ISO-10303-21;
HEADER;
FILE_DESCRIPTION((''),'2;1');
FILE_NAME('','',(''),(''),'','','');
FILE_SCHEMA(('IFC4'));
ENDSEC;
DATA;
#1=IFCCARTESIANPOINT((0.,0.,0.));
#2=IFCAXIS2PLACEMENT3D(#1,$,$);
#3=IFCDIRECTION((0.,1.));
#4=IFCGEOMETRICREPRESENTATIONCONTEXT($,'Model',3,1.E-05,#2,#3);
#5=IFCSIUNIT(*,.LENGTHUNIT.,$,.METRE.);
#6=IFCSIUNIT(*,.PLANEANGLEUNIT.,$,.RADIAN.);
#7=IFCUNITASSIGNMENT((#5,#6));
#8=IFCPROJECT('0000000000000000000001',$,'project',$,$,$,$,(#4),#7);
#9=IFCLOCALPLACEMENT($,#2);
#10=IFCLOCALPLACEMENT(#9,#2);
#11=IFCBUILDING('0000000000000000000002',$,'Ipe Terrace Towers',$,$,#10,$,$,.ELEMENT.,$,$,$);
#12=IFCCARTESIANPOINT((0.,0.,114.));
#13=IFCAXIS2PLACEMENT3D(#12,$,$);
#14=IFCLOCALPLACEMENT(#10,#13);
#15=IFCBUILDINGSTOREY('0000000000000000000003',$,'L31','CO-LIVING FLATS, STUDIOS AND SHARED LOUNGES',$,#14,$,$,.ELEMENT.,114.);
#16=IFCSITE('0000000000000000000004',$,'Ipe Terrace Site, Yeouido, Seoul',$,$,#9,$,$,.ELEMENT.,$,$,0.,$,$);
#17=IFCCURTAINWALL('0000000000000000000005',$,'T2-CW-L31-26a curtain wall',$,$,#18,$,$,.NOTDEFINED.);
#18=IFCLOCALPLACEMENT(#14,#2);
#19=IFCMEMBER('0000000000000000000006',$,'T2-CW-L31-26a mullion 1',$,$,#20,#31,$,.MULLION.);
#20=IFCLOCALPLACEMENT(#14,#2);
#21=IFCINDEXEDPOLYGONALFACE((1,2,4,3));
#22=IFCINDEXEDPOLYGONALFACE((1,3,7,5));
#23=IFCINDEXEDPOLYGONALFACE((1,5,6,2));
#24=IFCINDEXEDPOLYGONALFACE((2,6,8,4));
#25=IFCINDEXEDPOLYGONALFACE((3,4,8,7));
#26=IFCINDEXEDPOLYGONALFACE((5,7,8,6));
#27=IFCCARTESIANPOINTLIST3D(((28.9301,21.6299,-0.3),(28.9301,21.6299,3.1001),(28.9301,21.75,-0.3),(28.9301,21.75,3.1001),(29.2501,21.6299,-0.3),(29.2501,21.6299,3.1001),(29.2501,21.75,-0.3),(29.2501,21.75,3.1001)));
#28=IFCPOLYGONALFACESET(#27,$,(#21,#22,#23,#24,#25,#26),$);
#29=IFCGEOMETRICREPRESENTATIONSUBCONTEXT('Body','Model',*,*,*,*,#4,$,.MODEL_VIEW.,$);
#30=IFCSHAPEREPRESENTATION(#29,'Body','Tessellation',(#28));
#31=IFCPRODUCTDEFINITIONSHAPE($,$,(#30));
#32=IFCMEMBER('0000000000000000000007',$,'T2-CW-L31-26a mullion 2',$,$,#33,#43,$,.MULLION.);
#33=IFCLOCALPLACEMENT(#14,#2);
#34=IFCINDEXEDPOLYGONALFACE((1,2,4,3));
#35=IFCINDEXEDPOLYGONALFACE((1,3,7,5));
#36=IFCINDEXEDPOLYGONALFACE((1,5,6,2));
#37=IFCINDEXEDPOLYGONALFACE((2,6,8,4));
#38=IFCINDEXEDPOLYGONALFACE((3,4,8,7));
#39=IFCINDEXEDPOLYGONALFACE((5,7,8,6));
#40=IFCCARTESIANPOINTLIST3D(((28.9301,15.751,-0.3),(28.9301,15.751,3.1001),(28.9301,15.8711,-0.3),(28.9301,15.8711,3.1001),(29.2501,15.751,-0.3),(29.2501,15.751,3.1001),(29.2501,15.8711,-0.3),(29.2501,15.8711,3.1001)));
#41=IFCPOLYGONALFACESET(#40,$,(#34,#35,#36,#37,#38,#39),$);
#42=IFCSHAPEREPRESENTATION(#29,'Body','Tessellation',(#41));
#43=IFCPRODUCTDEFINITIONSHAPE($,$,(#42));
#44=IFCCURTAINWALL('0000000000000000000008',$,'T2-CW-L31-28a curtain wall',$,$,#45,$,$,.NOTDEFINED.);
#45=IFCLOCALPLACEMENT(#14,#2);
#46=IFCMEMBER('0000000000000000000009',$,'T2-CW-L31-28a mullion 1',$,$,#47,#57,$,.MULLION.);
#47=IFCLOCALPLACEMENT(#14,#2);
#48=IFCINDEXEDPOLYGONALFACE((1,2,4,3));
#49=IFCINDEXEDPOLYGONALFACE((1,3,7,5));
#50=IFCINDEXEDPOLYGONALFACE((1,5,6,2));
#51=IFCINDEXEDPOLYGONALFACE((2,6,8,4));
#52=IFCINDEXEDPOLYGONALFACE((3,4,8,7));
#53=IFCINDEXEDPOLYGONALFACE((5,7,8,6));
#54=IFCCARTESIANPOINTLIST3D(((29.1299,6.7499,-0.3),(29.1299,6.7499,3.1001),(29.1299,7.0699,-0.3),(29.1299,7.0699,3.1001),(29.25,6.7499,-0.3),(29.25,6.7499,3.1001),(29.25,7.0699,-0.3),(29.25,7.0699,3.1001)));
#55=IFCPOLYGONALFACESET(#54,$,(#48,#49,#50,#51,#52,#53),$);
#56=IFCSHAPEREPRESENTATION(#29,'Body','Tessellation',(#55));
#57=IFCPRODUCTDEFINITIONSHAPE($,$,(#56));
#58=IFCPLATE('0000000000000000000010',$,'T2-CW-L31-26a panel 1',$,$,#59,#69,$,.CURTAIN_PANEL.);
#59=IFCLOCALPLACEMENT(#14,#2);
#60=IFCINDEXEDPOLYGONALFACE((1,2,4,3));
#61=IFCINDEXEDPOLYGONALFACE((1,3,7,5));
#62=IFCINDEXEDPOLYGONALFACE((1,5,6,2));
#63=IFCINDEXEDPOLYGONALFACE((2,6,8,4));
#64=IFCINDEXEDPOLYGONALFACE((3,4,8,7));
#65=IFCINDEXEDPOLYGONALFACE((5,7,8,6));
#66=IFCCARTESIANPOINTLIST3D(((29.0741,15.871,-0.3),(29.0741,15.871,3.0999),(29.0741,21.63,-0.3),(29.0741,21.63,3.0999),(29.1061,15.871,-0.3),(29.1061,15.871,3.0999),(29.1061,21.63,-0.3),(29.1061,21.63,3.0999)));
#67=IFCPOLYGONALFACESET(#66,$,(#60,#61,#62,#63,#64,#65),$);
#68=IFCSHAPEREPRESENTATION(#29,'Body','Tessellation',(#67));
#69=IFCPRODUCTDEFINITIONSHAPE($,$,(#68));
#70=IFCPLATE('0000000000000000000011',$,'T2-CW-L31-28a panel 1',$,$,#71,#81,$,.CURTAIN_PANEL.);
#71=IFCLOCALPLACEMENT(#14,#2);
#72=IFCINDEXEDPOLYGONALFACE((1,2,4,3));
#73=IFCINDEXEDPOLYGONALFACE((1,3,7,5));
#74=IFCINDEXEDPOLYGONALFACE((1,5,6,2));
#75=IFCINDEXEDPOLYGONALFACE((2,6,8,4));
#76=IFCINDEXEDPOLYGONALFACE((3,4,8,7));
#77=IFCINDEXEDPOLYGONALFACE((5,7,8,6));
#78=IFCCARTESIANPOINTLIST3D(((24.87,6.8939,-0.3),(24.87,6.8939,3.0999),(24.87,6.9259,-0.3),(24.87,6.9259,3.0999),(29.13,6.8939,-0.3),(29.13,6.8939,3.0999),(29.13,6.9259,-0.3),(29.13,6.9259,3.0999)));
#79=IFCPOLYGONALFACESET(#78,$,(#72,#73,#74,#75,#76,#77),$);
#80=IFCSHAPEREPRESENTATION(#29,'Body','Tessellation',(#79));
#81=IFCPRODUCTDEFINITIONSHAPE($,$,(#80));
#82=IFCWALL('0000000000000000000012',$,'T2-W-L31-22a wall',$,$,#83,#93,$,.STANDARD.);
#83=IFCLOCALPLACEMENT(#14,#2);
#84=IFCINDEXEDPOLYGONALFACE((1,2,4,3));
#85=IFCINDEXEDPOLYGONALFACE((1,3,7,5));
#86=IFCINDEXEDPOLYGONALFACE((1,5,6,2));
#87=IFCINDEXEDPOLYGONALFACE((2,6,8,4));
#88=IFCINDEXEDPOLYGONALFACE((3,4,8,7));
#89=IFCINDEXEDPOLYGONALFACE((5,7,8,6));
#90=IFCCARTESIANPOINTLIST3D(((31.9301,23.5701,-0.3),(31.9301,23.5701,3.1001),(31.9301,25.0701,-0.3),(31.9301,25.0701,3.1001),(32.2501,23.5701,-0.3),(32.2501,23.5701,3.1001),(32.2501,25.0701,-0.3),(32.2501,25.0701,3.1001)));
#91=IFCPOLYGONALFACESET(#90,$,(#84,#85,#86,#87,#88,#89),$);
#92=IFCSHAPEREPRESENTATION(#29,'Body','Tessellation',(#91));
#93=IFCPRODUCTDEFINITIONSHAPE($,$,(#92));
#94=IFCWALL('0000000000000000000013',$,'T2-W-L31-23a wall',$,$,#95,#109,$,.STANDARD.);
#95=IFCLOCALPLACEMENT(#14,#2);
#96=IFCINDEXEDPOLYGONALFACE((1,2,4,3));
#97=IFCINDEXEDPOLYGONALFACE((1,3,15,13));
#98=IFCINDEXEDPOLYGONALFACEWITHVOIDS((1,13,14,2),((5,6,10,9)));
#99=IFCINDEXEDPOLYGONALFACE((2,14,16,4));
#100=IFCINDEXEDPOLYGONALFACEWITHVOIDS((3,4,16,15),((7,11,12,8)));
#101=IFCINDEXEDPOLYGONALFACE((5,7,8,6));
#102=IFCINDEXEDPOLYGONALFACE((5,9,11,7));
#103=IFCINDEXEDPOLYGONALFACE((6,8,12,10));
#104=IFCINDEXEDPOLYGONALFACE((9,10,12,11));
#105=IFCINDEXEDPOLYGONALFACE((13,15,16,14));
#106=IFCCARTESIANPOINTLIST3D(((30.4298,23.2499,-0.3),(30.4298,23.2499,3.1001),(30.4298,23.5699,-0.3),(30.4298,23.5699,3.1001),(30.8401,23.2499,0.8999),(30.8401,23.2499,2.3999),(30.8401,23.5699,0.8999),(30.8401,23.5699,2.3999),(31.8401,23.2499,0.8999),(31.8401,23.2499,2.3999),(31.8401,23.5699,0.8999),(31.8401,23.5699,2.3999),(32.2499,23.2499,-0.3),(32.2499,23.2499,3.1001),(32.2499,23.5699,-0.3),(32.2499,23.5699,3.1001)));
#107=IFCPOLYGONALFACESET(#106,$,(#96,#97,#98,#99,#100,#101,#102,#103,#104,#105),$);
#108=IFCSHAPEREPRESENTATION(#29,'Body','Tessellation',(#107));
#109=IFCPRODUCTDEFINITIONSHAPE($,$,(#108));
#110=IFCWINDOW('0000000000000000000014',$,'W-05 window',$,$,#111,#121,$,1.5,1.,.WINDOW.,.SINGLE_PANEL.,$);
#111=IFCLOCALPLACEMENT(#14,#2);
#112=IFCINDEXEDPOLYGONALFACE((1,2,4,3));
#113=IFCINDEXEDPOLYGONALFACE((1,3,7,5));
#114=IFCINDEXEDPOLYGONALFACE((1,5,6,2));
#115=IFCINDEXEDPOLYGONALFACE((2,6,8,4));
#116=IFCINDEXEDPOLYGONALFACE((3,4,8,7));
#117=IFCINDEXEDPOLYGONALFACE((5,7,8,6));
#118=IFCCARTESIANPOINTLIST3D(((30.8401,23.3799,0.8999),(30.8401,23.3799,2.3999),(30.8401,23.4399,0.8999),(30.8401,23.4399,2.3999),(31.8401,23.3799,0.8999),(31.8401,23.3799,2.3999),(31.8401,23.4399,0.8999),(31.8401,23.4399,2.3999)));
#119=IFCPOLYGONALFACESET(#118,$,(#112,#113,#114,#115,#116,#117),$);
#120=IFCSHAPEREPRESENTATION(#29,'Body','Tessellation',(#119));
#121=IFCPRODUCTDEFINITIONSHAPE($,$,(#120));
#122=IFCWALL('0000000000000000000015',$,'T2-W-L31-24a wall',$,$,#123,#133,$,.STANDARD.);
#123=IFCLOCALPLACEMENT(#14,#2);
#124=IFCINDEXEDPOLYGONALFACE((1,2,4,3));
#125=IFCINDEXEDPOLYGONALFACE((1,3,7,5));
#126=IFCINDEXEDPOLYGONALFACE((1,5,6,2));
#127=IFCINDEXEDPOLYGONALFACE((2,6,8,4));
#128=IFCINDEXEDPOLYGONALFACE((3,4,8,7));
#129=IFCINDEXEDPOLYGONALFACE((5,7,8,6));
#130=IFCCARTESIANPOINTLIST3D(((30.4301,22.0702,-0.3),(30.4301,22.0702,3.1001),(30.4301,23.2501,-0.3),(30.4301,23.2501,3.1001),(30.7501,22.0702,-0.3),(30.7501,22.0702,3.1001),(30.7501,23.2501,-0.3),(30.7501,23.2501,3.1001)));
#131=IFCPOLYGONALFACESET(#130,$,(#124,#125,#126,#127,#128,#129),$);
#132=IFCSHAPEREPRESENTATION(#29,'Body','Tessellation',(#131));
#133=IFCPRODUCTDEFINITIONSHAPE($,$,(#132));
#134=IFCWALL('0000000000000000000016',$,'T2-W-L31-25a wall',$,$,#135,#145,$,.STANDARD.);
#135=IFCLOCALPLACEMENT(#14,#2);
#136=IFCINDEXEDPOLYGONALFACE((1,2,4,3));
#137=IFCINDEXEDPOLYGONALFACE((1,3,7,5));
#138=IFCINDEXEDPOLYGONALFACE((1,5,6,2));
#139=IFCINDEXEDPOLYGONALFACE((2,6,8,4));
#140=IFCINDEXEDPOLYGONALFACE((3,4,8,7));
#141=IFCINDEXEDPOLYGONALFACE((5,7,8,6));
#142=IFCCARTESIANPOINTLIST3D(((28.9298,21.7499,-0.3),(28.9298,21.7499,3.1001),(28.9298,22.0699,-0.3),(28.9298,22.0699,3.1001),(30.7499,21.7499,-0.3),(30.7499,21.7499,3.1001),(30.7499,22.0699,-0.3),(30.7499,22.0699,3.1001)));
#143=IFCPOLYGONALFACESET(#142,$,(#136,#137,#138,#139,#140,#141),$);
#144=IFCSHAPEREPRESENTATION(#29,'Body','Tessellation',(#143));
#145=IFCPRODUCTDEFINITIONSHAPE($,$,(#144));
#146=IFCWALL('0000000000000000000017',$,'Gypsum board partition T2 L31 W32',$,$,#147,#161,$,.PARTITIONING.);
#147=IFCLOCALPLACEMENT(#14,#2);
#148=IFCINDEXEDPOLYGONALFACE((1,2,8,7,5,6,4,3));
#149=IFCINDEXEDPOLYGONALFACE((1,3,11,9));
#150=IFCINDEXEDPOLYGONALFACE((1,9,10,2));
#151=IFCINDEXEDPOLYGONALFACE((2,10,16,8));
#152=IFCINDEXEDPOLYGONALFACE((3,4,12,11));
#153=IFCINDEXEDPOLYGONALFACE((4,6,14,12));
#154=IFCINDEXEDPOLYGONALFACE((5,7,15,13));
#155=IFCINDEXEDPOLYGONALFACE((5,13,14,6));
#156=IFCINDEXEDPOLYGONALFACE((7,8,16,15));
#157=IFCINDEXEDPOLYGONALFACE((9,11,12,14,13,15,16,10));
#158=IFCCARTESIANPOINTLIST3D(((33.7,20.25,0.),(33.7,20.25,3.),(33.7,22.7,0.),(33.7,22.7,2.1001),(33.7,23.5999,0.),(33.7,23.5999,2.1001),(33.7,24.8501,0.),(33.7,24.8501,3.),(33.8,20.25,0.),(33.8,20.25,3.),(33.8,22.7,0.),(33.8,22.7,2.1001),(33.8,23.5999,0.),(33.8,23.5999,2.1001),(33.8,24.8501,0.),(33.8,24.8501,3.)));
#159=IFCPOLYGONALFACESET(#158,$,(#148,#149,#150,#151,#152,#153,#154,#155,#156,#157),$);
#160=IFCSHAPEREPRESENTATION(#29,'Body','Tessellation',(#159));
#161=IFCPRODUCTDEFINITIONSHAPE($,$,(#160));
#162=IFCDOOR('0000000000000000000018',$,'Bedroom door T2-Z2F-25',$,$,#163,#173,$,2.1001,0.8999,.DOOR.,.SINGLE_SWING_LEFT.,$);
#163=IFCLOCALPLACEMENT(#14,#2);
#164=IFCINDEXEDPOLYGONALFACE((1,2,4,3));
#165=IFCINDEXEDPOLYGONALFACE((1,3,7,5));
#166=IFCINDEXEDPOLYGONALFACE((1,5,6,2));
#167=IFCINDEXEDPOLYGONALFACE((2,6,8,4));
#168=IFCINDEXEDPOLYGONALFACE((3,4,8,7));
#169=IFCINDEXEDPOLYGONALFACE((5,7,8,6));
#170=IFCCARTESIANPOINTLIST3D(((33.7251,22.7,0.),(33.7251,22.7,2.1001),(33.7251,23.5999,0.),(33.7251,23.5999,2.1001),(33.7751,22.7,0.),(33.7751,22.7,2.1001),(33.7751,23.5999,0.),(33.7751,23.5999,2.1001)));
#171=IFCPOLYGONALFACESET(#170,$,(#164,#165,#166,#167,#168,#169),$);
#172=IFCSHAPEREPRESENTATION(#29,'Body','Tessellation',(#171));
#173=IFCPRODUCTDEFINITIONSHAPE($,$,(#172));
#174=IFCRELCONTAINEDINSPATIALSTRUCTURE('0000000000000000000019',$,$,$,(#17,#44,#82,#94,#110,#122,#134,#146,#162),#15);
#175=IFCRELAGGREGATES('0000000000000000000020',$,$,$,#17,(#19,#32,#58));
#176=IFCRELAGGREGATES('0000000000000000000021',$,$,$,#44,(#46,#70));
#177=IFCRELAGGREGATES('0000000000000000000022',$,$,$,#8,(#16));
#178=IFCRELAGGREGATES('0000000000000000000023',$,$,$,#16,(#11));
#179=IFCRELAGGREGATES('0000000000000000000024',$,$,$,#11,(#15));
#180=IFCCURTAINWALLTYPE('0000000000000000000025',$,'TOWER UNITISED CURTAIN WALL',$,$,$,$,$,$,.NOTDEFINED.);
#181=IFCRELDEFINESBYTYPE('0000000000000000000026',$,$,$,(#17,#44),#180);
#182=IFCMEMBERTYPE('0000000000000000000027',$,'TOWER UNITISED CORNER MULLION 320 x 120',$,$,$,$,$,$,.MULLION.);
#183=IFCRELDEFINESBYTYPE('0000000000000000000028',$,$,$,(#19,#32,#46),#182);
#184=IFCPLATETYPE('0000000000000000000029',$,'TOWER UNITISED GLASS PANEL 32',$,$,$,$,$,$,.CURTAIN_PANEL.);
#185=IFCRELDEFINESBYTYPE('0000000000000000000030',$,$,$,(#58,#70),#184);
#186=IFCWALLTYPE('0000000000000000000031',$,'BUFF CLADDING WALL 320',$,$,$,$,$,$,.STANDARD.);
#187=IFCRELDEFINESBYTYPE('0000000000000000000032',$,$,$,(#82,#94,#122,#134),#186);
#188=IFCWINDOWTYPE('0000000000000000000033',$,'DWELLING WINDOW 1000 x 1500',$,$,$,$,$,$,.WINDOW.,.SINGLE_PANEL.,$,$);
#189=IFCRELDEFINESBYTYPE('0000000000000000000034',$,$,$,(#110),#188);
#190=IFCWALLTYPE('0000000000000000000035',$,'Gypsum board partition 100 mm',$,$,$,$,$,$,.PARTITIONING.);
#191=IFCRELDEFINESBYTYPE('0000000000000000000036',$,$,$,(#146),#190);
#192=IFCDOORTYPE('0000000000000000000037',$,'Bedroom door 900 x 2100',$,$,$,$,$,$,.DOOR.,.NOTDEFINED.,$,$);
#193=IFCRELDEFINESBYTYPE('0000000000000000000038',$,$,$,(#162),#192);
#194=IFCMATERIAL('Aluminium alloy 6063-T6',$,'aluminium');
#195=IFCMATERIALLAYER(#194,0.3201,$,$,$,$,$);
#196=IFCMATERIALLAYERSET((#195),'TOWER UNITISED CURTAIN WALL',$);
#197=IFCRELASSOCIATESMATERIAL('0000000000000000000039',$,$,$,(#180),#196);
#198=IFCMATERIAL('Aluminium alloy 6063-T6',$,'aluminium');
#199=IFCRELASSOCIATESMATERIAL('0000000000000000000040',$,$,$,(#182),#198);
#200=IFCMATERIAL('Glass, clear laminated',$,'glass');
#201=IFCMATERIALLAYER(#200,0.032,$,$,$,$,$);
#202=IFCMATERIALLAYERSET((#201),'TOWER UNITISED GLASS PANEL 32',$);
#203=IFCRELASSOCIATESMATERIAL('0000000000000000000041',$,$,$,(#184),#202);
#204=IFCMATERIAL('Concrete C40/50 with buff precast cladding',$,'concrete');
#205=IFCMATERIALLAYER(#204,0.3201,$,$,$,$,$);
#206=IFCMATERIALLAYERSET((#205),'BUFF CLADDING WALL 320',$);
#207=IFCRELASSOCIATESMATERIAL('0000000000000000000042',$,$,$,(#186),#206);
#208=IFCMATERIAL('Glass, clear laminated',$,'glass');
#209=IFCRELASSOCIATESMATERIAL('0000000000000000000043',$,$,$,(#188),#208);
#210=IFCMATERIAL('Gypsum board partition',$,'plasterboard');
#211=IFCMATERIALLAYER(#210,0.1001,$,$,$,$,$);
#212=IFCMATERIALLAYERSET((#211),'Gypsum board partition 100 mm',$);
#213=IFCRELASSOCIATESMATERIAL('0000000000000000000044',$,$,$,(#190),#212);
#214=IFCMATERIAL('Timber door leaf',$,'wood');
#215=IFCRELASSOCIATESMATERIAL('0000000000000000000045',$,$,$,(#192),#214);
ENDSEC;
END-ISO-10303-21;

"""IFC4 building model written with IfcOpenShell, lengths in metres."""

from ifc_helpers import new_model, si_unit, direction, frame, frame_2d, origin, origin_2d, place, context, subcontext, project, spatial, rectangle, extrude, material, layer, layer_set, material_profile, profile_set, type_object, element, fill, aggregate, save


model = new_model("IFC4")

# Units and contexts
model_context = context("Model", 3, precision=1e-05, world=origin(), true_north=direction((0.0, 1.0)))
body_context = subcontext(model_context, "Body", "Model", "MODEL_VIEW")
ifc_project = project(units=[si_unit("LENGTHUNIT", "METRE"), si_unit("PLANEANGLEUNIT", "RADIAN")], contexts=[model_context])

# Site, building, storey
site_placement = place(None, origin())
site = spatial("IfcSite", under=ifc_project, at=site_placement, Name="Ipe Terrace Site, Yeouido, Seoul", CompositionType="ELEMENT", RefElevation=0.0)
building_placement = place(site_placement, origin())
building = spatial("IfcBuilding", under=site, at=building_placement, Name="Ipe Terrace Towers", CompositionType="ELEMENT")
storey_placement = place(building_placement, frame((0.0, 0.0, 114.0)))
storey = spatial("IfcBuildingStorey", under=building, at=storey_placement, Name="L31", Description="CO-LIVING FLATS, STUDIOS AND SHARED LOUNGES", CompositionType="ELEMENT", Elevation=114.0)

# Shared definitions
ifc_material_1 = material(Name="Aluminium alloy 6063-T6", Category="aluminium")
ifc_layer_1 = layer(ifc_material_1, 0.3201)
ifc_layer_set_1 = layer_set([ifc_layer_1], Name="TOWER UNITISED CURTAIN WALL")
curtain_wall_type = type_object("IfcCurtainWallType", Name="TOWER UNITISED CURTAIN WALL", PredefinedType="NOTDEFINED", material=ifc_layer_set_1)
ifc_material_2 = material(Name="Aluminium alloy 6063-T6", Category="aluminium")
ifc_material_profile_1 = material_profile(ifc_material_2, rectangle(XDim=0.3201, YDim=0.1201, at=origin_2d()), Name="TOWER UNITISED CORNER MULLION 320 x 120")
ifc_profile_set_1 = profile_set([ifc_material_profile_1], Name="Aluminium alloy 6063-T6")
member_type = type_object("IfcMemberType", Name="TOWER UNITISED CORNER MULLION 320 x 120", PredefinedType="MULLION", material=ifc_profile_set_1)

# Curtain wall, members
curtain_wall_1_placement = place(storey_placement, origin())
curtain_wall_1 = element("IfcCurtainWall", 1, at=curtain_wall_1_placement, inside=storey, type_object=curtain_wall_type, Name="T2-CW-L31-26a curtain wall", PredefinedType="NOTDEFINED")
member_1_placement = place(storey_placement, frame((29.0901, 21.6899, -0.3), z_axis=(0.0, 0.0, 1.0), x_axis=(-1.0, 0.0, 0.0)))
member_1 = element("IfcMember", 2, at=member_1_placement, type_object=member_type, Name="T2-CW-L31-26a mullion 1", PredefinedType="MULLION", context=body_context, shape_type="SweptSolid", body=[
    extrude(rectangle(XDim=0.3201, YDim=0.1201, at=origin_2d()), origin(), (0.0, 0.0, 1.0), 3.4001),
])
member_2_placement = place(storey_placement, frame((29.0901, 15.811, -0.3), z_axis=(0.0, 0.0, 1.0), x_axis=(-1.0, 0.0, 0.0)))
member_2 = element("IfcMember", 3, at=member_2_placement, type_object=member_type, Name="T2-CW-L31-26a mullion 2", PredefinedType="MULLION", context=body_context, shape_type="SweptSolid", body=[
    extrude(rectangle(XDim=0.3201, YDim=0.1201, at=origin_2d()), origin(), (0.0, 0.0, 1.0), 3.4001),
])

# Curtain wall, member
curtain_wall_2_placement = place(storey_placement, origin())
curtain_wall_2 = element("IfcCurtainWall", 4, at=curtain_wall_2_placement, inside=storey, type_object=curtain_wall_type, Name="T2-CW-L31-28a curtain wall", PredefinedType="NOTDEFINED")
member_3_placement = place(storey_placement, frame((29.1899, 6.9099, -0.3), z_axis=(0.0, 0.0, 1.0), x_axis=(0.0, 1.0, 0.0)))
member_3 = element("IfcMember", 5, at=member_3_placement, type_object=member_type, Name="T2-CW-L31-28a mullion 1", PredefinedType="MULLION", context=body_context, shape_type="SweptSolid", body=[
    extrude(rectangle(XDim=0.3201, YDim=0.1201, at=origin_2d()), origin(), (0.0, 0.0, 1.0), 3.4001),
])

# Plates
ifc_material_3 = material(Name="Glass, clear laminated", Category="glass")
ifc_layer_2 = layer(ifc_material_3, 0.032)
ifc_layer_set_2 = layer_set([ifc_layer_2], Name="TOWER UNITISED GLASS PANEL 32")
plate_type = type_object("IfcPlateType", Name="TOWER UNITISED GLASS PANEL 32", PredefinedType="CURTAIN_PANEL", material=ifc_layer_set_2)
plate_1_placement = place(storey_placement, frame((29.0901, 18.7505, -0.3), z_axis=(0.0, 0.0, 1.0), x_axis=(0.0, -1.0, 0.0)))
plate_1 = element("IfcPlate", 6, at=plate_1_placement, type_object=plate_type, Name="T2-CW-L31-26a panel 1", PredefinedType="CURTAIN_PANEL", context=body_context, shape_type="SweptSolid", body=[
    extrude(rectangle(XDim=5.759, YDim=0.032, at=origin_2d()), origin(), (0.0, 0.0, 1.0), 3.3999),
])
aggregate(curtain_wall_1, [member_1, member_2, plate_1])
plate_2_placement = place(storey_placement, frame((27.0, 6.9099, -0.3), z_axis=(0.0, 0.0, 1.0), x_axis=(-1.0, 0.0, 0.0)))
plate_2 = element("IfcPlate", 7, at=plate_2_placement, type_object=plate_type, Name="T2-CW-L31-28a panel 1", PredefinedType="CURTAIN_PANEL", context=body_context, shape_type="SweptSolid", body=[
    extrude(rectangle(XDim=4.26, YDim=0.032, at=origin_2d()), origin(), (0.0, 0.0, 1.0), 3.3999),
])
aggregate(curtain_wall_2, [member_3, plate_2])

# Wall
ifc_material_4 = material(Name="Concrete C40/50 with buff precast cladding", Category="concrete")
ifc_layer_3 = layer(ifc_material_4, 0.3201)
ifc_layer_set_3 = layer_set([ifc_layer_3], Name="BUFF CLADDING WALL 320")
wall_type_1 = type_object("IfcWallType", Name="BUFF CLADDING WALL 320", PredefinedType="STANDARD", material=ifc_layer_set_3)
wall_1_placement = place(storey_placement, frame((32.0901, 25.0701, -0.3), z_axis=(0.0, 0.0, 1.0), x_axis=(0.0, -1.0, 0.0)))
element("IfcWall", 8, at=wall_1_placement, inside=storey, type_object=wall_type_1, Name="T2-W-L31-22a wall", PredefinedType="STANDARD", context=body_context, shape_type="SweptSolid", body=[
    extrude(rectangle(XDim=1.5, YDim=0.3201, at=frame_2d((0.75, 0.0))), origin(), (0.0, 0.0, 1.0), 3.4001),
])

# Wall, opening, window
wall_2_placement = place(storey_placement, frame((32.25, 23.4099, -0.3), z_axis=(0.0, 0.0, 1.0), x_axis=(-1.0, 0.0, 0.0)))
wall_2 = element("IfcWall", 9, at=wall_2_placement, inside=storey, type_object=wall_type_1, Name="T2-W-L31-23a wall", PredefinedType="STANDARD", context=body_context, shape_type="SweptSolid", body=[
    extrude(rectangle(XDim=1.8201, YDim=0.3201, at=frame_2d((0.9102, 0.0))), origin(), (0.0, 0.0, 1.0), 3.4001),
])
opening_1_placement = place(wall_2_placement, frame((0.4099, 0.0, 1.2)))
opening_1 = element("IfcOpeningElement", 10, at=opening_1_placement, cuts=wall_2, PredefinedType="OPENING", context=body_context, shape_type="SweptSolid", body=[
    extrude(rectangle(XDim=1.0, YDim=1.5, at=frame_2d((0.5, 0.75))), frame((0.0, 0.1699, 0.0), z_axis=(0.0, -1.0, 0.0), x_axis=(1.0, 0.0, 0.0)), (0.0, 0.0, 1.0), 0.3401),
])
ifc_material_5 = material(Name="Glass, clear laminated", Category="glass")
window_type = type_object("IfcWindowType", Name="DWELLING WINDOW 1000 x 1500", PartitioningType="SINGLE_PANEL", PredefinedType="WINDOW", material=ifc_material_5)
window_placement = place(opening_1_placement, origin())
window = element("IfcWindow", 11, at=window_placement, inside=storey, type_object=window_type, Name="W-05 window", OverallHeight=1.5, OverallWidth=1.0, PartitioningType="SINGLE_PANEL", PredefinedType="WINDOW", context=body_context, shape_type="SweptSolid", body=[
    extrude(rectangle(XDim=1.0, YDim=1.5, at=frame_2d((0.5, 0.75))), frame((0.0, 0.03, 0.0), z_axis=(0.0, -1.0, 0.0), x_axis=(1.0, 0.0, 0.0)), (0.0, 0.0, 1.0), 0.0601),
])
fill(opening_1, window)

# Walls
wall_3_placement = place(storey_placement, frame((30.5901, 23.25, -0.3), z_axis=(0.0, 0.0, 1.0), x_axis=(0.0, -1.0, 0.0)))
element("IfcWall", 12, at=wall_3_placement, inside=storey, type_object=wall_type_1, Name="T2-W-L31-24a wall", PredefinedType="STANDARD", context=body_context, shape_type="SweptSolid", body=[
    extrude(rectangle(XDim=1.1799, YDim=0.3201, at=frame_2d((0.5898, 0.0))), origin(), (0.0, 0.0, 1.0), 3.4001),
])
wall_4_placement = place(storey_placement, frame((30.75, 21.9099, -0.3), z_axis=(0.0, 0.0, 1.0), x_axis=(-1.0, 0.0, 0.0)))
element("IfcWall", 13, at=wall_4_placement, inside=storey, type_object=wall_type_1, Name="T2-W-L31-25a wall", PredefinedType="STANDARD", context=body_context, shape_type="SweptSolid", body=[
    extrude(rectangle(XDim=1.8201, YDim=0.3201, at=frame_2d((0.9102, 0.0))), origin(), (0.0, 0.0, 1.0), 3.4001),
])

# Wall, opening, door
ifc_material_6 = material(Name="Gypsum board partition", Category="plasterboard")
ifc_layer_4 = layer(ifc_material_6, 0.1001)
ifc_layer_set_4 = layer_set([ifc_layer_4], Name="Gypsum board partition 100 mm")
wall_type_2 = type_object("IfcWallType", Name="Gypsum board partition 100 mm", PredefinedType="PARTITIONING", material=ifc_layer_set_4)
wall_5_placement = place(storey_placement, frame((33.75, 20.25, 0.0), z_axis=(0.0, 0.0, 1.0), x_axis=(0.0, 1.0, 0.0)))
wall_5 = element("IfcWall", 14, at=wall_5_placement, inside=storey, type_object=wall_type_2, Name="Gypsum board partition T2 L31 W32", PredefinedType="PARTITIONING", context=body_context, shape_type="SweptSolid", body=[
    extrude(rectangle(XDim=4.6001, YDim=0.1001, at=frame_2d((2.3, 0.0))), origin(), (0.0, 0.0, 1.0), 3.0),
])
opening_2_placement = place(wall_5_placement, frame((2.45, 0.0, 0.0)))
opening_2 = element("IfcOpeningElement", 15, at=opening_2_placement, cuts=wall_5, PredefinedType="OPENING", context=body_context, shape_type="SweptSolid", body=[
    extrude(rectangle(XDim=0.8999, YDim=2.1001, at=frame_2d((0.45, 1.05))), frame((0.0, 0.0601, 0.0), z_axis=(0.0, -1.0, 0.0), x_axis=(1.0, 0.0, 0.0)), (0.0, 0.0, 1.0), 0.1201),
])
ifc_material_7 = material(Name="Timber door leaf", Category="wood")
door_type_1 = type_object("IfcDoorType", Name="Bedroom door 900 x 2100", OperationType="NOTDEFINED", PredefinedType="DOOR", material=ifc_material_7)
door_1_placement = place(opening_2_placement, origin())
door_1 = element("IfcDoor", 16, at=door_1_placement, inside=storey, type_object=door_type_1, Name="Bedroom door T2-Z2F-25", OperationType="SINGLE_SWING_LEFT", OverallHeight=2.1001, OverallWidth=0.8999, PredefinedType="DOOR", context=body_context, shape_type="SweptSolid", body=[
    extrude(rectangle(XDim=0.8999, YDim=2.1001, at=frame_2d((0.45, 1.05))), frame((0.0, 0.0249, 0.0), z_axis=(0.0, -1.0, 0.0), x_axis=(1.0, 0.0, 0.0)), (0.0, 0.0, 1.0), 0.05),
])
fill(opening_2, door_1)

save(model, "model.ifc")
